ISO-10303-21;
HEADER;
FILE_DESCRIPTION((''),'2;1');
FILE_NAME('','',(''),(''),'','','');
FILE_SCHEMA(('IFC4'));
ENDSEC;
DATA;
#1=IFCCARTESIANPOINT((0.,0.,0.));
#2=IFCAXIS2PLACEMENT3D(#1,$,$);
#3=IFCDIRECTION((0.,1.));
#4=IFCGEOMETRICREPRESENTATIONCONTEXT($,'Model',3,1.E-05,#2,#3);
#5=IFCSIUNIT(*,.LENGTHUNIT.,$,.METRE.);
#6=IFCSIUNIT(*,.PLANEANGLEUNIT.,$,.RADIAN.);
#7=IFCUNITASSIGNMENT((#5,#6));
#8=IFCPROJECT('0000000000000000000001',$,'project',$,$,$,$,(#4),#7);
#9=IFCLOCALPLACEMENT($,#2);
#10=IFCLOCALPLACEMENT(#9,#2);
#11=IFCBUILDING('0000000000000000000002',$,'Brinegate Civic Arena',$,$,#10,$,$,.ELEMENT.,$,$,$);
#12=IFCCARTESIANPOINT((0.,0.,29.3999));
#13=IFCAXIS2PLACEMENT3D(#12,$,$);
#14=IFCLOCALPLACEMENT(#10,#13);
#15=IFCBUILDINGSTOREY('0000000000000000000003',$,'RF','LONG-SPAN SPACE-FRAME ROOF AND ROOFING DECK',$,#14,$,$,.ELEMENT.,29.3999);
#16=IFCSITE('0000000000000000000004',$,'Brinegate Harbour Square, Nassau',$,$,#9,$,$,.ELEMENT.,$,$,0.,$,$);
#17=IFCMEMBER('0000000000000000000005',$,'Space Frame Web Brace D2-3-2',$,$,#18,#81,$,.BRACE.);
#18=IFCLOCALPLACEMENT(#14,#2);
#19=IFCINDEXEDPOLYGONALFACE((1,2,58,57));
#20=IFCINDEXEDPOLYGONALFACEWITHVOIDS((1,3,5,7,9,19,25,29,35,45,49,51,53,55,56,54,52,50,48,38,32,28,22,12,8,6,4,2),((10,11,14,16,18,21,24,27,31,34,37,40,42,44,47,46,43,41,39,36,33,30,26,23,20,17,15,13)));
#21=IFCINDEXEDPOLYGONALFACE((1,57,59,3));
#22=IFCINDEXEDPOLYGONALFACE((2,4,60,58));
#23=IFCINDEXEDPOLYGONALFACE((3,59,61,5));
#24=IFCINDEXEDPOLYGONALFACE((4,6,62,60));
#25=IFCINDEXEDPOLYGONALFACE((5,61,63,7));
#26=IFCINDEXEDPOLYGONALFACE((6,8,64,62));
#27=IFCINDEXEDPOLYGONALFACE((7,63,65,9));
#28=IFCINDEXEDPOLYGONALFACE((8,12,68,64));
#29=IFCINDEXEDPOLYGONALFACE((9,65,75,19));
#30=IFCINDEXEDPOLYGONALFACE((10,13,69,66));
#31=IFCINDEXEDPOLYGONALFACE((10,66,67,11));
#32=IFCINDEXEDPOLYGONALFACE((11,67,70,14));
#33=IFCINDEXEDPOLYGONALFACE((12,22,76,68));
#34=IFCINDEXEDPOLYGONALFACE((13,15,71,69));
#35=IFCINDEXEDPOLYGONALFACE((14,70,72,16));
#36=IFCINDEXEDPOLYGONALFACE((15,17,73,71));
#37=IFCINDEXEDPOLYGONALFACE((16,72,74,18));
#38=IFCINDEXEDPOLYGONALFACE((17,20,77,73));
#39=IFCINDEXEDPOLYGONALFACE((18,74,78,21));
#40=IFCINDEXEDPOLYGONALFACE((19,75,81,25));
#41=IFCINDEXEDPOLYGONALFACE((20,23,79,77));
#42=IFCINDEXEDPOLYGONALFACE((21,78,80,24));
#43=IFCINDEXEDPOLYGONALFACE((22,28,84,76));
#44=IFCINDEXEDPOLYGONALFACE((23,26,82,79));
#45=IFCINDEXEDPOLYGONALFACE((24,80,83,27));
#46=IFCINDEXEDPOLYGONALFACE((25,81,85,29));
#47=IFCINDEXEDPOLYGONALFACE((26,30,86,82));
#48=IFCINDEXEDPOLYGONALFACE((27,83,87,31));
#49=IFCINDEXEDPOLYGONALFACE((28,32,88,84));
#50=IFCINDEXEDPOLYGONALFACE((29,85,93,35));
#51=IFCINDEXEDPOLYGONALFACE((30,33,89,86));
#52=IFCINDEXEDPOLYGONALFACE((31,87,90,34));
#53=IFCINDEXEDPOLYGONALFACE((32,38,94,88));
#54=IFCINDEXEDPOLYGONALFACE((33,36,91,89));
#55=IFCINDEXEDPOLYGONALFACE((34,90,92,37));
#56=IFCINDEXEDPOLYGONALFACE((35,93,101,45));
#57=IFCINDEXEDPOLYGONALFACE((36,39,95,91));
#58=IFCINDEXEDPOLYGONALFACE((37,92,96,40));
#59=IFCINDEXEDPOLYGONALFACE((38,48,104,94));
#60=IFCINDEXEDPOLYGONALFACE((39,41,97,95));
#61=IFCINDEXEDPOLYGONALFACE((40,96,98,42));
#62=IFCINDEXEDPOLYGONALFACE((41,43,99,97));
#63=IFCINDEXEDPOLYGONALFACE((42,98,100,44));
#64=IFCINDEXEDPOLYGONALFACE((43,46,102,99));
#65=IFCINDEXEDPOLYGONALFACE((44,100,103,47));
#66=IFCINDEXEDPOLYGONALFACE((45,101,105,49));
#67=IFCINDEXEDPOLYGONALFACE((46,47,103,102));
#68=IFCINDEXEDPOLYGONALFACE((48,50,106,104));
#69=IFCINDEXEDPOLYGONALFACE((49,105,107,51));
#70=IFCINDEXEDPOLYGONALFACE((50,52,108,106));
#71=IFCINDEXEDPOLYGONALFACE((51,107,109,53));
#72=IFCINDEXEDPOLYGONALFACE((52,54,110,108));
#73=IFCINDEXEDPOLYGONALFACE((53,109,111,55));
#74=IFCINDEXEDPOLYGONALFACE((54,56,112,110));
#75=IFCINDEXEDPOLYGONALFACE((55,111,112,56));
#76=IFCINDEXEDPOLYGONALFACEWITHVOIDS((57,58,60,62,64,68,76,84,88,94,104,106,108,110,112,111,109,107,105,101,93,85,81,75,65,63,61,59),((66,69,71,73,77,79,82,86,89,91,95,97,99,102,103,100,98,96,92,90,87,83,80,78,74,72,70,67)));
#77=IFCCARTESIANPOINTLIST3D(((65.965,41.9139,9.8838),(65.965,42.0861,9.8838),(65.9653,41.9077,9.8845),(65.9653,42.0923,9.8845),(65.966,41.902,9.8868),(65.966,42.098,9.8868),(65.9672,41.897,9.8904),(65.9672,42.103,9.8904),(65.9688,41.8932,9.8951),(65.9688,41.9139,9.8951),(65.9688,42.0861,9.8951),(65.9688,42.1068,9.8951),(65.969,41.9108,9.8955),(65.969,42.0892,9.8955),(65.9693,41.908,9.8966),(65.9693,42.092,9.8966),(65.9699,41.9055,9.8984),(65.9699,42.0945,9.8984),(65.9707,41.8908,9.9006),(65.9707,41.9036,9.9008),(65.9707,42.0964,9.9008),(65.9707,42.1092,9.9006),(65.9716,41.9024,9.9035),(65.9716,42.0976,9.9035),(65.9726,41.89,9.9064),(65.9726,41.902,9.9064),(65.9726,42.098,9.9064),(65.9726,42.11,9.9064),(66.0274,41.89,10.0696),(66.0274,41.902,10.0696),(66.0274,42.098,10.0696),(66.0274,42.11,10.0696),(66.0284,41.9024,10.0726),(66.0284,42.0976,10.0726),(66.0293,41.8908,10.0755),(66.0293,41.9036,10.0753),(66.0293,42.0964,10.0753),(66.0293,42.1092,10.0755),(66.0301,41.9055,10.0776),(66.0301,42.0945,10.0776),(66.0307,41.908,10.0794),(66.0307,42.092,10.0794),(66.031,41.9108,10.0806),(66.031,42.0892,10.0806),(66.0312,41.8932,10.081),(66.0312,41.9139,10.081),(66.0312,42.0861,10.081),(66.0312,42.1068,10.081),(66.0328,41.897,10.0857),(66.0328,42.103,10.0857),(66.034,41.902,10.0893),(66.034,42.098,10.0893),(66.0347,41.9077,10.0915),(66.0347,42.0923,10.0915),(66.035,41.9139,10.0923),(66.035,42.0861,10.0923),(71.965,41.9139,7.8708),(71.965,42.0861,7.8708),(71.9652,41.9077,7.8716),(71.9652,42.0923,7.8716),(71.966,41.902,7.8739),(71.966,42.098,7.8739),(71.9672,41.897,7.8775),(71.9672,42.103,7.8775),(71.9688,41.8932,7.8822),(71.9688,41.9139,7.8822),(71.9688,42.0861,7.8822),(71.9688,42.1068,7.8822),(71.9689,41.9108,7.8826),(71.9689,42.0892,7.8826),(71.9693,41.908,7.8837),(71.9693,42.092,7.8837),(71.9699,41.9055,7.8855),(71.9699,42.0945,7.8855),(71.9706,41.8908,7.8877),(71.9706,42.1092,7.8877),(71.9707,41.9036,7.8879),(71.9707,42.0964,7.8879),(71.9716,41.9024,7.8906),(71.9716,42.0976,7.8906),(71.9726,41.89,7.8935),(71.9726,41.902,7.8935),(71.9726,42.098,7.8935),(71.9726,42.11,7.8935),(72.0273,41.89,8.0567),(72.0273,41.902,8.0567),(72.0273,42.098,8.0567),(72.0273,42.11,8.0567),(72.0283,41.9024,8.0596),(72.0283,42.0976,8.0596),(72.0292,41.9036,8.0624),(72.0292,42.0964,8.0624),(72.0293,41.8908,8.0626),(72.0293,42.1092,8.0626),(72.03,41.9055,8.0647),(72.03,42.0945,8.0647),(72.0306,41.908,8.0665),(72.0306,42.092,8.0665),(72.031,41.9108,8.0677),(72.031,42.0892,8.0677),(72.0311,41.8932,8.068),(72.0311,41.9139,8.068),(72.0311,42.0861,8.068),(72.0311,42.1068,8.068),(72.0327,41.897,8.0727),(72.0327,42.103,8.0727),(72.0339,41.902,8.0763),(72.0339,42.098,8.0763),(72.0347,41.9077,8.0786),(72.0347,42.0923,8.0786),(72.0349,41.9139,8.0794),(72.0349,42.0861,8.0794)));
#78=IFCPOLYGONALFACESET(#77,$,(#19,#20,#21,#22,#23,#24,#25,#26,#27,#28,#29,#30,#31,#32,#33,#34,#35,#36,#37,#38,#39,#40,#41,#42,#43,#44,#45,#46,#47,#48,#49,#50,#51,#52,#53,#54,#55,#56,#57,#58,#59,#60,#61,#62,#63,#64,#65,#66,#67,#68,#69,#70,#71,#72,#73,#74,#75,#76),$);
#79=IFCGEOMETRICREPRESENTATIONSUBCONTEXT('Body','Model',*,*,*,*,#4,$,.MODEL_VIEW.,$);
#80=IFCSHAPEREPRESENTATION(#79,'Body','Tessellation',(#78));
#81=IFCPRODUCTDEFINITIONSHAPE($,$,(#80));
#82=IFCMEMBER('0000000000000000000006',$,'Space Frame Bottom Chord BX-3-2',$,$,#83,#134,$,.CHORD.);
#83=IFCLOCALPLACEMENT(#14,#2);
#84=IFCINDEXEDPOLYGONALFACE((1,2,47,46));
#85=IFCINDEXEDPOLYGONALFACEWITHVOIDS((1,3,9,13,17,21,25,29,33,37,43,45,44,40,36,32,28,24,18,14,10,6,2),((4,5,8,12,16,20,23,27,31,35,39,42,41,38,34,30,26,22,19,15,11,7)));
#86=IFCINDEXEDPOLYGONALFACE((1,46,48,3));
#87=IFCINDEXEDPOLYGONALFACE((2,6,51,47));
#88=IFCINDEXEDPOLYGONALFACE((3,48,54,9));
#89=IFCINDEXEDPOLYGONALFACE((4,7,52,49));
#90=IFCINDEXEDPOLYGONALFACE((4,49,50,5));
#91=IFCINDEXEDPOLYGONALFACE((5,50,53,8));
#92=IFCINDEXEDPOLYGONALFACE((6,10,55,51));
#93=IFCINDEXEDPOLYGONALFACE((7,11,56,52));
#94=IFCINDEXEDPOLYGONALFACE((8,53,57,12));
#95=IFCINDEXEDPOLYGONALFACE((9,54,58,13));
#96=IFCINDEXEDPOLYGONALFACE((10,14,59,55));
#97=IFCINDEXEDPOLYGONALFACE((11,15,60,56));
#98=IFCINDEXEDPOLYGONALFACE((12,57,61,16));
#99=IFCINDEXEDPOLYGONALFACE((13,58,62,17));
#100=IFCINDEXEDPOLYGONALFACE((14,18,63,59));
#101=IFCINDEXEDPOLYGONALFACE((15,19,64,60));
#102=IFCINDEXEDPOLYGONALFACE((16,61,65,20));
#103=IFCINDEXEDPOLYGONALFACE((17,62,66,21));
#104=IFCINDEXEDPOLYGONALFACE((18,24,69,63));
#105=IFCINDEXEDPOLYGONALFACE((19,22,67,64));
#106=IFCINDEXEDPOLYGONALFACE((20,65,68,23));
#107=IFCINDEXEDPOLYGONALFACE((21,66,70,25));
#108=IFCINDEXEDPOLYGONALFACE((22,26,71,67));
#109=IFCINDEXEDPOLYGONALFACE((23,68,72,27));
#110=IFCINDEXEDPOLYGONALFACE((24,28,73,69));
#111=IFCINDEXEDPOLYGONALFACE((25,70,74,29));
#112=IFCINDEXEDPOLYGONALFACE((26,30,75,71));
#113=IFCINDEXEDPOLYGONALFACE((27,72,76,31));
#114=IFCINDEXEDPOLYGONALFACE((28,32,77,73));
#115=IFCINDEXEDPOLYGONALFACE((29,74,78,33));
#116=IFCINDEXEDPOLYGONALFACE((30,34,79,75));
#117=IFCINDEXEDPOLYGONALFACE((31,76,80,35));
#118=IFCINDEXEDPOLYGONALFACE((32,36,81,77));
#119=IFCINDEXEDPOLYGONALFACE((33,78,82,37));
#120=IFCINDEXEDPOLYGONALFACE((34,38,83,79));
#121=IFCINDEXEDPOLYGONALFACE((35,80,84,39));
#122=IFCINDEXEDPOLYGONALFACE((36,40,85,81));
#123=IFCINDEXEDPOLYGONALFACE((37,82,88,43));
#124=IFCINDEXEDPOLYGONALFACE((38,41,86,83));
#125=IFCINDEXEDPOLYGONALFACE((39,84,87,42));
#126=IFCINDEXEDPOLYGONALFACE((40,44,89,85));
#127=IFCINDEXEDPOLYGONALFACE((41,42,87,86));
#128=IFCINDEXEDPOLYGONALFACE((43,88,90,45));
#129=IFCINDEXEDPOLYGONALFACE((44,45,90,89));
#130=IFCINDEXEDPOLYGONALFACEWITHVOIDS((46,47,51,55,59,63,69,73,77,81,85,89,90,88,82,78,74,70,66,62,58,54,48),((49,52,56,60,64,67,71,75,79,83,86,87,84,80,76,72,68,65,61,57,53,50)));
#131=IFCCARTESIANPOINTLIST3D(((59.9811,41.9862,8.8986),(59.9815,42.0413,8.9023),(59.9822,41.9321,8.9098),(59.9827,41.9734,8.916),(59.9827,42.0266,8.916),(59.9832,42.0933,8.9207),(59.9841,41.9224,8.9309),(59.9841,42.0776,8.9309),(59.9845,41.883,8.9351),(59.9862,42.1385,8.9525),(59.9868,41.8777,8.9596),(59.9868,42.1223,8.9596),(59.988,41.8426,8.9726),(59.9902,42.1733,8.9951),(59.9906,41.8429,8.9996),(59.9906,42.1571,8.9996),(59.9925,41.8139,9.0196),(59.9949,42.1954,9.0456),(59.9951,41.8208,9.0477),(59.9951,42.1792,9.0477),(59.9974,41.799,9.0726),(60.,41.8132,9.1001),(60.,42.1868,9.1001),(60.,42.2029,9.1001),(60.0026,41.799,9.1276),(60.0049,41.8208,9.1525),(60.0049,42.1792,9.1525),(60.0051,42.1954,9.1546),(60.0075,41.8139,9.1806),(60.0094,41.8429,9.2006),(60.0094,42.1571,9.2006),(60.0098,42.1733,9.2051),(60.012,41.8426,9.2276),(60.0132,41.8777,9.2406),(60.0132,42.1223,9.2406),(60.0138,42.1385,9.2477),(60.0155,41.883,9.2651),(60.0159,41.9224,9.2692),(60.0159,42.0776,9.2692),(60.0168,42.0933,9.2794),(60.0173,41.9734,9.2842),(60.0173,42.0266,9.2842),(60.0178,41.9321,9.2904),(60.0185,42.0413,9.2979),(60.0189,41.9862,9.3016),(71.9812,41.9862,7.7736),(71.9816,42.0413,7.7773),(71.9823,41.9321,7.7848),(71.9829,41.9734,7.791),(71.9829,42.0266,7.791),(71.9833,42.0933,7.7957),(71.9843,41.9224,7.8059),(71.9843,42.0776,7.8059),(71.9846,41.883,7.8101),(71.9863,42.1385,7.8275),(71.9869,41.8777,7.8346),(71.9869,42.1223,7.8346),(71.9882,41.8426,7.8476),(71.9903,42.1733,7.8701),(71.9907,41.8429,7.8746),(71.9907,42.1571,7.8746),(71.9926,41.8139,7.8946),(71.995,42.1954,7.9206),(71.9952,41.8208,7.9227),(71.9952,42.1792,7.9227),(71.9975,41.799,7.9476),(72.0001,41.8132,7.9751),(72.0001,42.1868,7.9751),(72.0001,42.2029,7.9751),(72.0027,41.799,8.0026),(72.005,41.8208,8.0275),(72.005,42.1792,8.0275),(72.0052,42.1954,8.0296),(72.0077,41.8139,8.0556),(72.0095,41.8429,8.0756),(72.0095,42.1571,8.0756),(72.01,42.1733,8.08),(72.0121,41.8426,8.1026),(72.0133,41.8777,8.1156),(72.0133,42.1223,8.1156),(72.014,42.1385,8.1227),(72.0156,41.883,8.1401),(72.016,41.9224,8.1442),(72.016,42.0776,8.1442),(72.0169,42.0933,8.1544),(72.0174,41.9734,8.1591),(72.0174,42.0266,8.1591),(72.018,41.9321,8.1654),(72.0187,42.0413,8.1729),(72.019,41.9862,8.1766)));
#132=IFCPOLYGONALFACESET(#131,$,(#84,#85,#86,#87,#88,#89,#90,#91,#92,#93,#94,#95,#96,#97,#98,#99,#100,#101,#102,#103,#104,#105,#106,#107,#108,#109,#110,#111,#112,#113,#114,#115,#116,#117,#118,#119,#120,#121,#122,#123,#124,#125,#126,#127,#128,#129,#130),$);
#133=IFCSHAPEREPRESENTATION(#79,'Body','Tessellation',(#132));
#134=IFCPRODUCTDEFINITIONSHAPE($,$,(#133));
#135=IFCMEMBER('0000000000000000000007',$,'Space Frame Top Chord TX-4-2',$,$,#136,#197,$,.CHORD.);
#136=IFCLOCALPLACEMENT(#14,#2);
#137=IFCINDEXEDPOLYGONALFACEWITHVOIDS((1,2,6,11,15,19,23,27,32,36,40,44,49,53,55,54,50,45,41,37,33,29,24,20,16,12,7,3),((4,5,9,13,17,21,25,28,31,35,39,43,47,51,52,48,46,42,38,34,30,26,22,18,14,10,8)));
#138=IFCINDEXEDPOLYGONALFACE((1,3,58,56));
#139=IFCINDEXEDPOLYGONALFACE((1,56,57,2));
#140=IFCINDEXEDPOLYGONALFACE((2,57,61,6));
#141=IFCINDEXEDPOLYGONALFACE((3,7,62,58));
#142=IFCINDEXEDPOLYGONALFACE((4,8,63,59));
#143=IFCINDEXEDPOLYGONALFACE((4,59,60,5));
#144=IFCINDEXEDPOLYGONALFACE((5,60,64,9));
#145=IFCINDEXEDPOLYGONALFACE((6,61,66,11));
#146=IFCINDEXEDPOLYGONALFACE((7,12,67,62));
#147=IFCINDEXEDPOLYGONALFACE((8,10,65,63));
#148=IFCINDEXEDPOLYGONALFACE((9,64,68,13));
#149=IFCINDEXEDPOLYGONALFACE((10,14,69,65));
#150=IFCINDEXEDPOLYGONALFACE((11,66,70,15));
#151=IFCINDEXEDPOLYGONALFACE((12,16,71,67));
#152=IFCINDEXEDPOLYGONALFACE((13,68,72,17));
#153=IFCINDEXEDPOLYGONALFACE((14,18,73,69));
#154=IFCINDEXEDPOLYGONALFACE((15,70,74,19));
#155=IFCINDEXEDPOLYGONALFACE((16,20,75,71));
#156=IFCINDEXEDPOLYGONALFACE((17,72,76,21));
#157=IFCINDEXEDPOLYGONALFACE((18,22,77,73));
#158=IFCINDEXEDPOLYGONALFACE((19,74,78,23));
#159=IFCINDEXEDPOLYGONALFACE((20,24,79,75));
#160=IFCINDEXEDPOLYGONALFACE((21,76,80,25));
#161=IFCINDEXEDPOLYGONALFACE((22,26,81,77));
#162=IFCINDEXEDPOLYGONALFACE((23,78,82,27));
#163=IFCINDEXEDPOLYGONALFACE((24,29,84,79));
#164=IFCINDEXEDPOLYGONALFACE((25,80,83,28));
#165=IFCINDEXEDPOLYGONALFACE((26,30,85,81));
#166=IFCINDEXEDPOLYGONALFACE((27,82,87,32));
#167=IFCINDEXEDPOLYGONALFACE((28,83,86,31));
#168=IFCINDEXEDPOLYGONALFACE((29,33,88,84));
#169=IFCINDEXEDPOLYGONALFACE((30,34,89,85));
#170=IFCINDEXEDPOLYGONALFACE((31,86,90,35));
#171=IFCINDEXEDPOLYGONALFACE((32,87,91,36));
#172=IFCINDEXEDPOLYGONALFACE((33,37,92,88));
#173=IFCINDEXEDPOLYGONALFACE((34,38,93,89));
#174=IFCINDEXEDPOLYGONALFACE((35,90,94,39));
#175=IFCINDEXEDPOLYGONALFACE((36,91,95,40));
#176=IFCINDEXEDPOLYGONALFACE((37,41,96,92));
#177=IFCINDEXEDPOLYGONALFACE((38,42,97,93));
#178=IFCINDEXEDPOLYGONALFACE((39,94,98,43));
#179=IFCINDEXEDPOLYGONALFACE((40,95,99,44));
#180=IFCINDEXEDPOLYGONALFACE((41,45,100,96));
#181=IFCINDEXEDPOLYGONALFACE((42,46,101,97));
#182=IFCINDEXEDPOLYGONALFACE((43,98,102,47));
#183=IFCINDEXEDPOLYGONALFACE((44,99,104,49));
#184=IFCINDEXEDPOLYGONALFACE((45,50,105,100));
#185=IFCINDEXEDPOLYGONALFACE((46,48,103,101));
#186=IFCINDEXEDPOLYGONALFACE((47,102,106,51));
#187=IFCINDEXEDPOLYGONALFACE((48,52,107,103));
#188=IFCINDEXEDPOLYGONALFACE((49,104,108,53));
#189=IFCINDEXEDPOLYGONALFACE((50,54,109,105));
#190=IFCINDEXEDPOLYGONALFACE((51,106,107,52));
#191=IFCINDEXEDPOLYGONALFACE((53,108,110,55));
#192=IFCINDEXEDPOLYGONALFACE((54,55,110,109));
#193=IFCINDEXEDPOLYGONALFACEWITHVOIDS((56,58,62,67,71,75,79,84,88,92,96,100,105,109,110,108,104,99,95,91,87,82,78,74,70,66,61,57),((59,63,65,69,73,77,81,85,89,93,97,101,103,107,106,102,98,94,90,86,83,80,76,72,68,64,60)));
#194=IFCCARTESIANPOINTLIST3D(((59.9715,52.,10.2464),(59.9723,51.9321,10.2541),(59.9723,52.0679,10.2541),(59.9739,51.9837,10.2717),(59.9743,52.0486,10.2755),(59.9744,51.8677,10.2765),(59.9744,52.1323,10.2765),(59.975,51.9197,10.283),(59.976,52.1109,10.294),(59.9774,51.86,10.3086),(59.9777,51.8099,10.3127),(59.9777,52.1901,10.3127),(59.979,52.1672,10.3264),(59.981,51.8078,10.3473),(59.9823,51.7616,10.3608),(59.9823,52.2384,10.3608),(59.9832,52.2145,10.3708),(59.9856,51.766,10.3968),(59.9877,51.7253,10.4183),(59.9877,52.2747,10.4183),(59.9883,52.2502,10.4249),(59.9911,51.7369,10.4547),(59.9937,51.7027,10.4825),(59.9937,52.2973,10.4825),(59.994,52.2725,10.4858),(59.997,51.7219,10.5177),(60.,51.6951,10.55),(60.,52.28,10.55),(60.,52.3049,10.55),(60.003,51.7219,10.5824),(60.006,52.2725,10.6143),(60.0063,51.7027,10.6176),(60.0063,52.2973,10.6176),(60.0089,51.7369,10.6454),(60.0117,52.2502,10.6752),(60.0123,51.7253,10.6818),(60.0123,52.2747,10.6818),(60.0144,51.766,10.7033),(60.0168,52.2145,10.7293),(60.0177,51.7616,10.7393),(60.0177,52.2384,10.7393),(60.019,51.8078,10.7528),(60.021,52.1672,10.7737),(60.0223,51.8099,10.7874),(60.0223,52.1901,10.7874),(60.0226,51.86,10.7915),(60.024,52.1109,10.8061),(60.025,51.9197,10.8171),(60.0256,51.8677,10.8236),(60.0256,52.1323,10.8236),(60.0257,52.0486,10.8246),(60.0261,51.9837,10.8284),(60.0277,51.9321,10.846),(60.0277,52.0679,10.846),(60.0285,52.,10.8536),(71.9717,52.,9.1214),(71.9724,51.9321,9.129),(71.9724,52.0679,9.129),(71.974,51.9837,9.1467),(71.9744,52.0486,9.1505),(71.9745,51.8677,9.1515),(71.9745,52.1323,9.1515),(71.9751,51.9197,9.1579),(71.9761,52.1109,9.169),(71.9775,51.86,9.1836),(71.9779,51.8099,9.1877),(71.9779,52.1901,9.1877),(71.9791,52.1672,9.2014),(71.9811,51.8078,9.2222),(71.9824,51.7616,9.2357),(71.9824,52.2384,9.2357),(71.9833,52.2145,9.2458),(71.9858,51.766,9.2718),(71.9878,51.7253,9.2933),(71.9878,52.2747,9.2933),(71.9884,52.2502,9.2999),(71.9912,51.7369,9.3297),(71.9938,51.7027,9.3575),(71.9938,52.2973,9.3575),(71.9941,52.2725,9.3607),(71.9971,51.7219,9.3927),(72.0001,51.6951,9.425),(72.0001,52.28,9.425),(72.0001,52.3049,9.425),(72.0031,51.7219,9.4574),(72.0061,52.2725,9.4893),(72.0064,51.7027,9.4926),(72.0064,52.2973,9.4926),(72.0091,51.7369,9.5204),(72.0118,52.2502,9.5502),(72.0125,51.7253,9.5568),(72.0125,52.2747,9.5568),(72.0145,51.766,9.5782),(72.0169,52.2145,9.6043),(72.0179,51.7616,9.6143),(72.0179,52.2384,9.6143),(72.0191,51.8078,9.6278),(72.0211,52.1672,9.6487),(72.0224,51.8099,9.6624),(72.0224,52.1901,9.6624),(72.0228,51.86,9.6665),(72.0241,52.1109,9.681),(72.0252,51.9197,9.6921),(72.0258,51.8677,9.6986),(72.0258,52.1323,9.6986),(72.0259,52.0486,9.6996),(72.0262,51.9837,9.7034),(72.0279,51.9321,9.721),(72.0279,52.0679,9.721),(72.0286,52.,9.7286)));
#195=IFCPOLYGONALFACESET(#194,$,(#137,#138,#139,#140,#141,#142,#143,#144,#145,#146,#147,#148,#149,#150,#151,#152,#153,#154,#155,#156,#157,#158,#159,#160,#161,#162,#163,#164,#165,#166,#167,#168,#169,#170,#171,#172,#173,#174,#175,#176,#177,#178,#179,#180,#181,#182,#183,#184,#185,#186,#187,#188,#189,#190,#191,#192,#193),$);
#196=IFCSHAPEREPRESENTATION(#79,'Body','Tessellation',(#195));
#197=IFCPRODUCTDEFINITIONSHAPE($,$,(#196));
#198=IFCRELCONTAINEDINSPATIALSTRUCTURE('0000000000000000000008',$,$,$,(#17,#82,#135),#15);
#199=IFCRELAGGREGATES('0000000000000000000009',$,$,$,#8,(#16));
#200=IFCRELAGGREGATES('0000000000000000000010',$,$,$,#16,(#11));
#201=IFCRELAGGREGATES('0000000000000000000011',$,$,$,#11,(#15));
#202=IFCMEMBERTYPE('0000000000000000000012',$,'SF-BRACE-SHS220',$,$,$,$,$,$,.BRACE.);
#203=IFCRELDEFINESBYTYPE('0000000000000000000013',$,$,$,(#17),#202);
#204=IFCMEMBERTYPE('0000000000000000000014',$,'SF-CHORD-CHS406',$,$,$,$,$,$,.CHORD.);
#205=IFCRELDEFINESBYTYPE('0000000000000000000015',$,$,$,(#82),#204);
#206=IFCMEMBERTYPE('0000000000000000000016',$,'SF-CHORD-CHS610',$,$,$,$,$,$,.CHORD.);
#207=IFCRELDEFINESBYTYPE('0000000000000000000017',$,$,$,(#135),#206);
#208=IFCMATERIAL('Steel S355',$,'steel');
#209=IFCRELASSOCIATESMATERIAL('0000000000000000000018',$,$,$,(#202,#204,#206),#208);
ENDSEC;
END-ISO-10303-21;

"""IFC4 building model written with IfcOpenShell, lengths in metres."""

from ifc_helpers import new_model, si_unit, direction, frame, origin, origin_2d, place, context, subcontext, project, spatial, hollow_rectangle, hollow_circle, extrude, material, material_profile, profile_set, type_object, element, save


model = new_model("IFC4")

# Units and contexts
model_context = context("Model", 3, precision=1e-05, world=origin(), true_north=direction((0.0, 1.0)))
body_context = subcontext(model_context, "Body", "Model", "MODEL_VIEW")
ifc_project = project(units=[si_unit("LENGTHUNIT", "METRE"), si_unit("PLANEANGLEUNIT", "RADIAN")], contexts=[model_context])

# Site, building, storey
site_placement = place(None, origin())
site = spatial("IfcSite", under=ifc_project, at=site_placement, Name="Brinegate Harbour Square, Nassau", CompositionType="ELEMENT", RefElevation=0.0)
building_placement = place(site_placement, origin())
building = spatial("IfcBuilding", under=site, at=building_placement, Name="Brinegate Civic Arena", CompositionType="ELEMENT")
storey_placement = place(building_placement, frame((0.0, 0.0, 29.3999)))
storey = spatial("IfcBuildingStorey", under=building, at=storey_placement, Name="RF", Description="LONG-SPAN SPACE-FRAME ROOF AND ROOFING DECK", CompositionType="ELEMENT", Elevation=29.3999)

# Shared definitions
ifc_material_1 = material(Name="Steel S355", Category="steel")

# Members
ifc_material_profile_1 = material_profile(ifc_material_1, hollow_rectangle(XDim=0.22, YDim=0.22, WallThickness=0.012, InnerFilletRadius=0.012, OuterFilletRadius=0.0239, at=origin_2d()), Name="SHS220X12")
ifc_profile_set_1 = profile_set([ifc_material_profile_1], Name="Steel S355")
member_type_1 = type_object("IfcMemberType", Name="SF-BRACE-SHS220", PredefinedType="BRACE", material=ifc_profile_set_1)
member_1_placement = place(storey_placement, frame((66.0, 42.0, 9.988), z_axis=(0.948068, 0.0, -0.318067), x_axis=(0.0, 1.0, 0.0)))
element("IfcMember", 1, at=member_1_placement, inside=storey, type_object=member_type_1, Name="Space Frame Web Brace D2-3-2", PredefinedType="BRACE", context=body_context, shape_type="SweptSolid", body=[
    extrude(hollow_rectangle(XDim=0.22, YDim=0.22, WallThickness=0.012, InnerFilletRadius=0.012, OuterFilletRadius=0.0239, at=origin_2d()), origin(), (0.0, 0.0, 1.0), 6.3286),
])
ifc_material_profile_2 = material_profile(ifc_material_1, hollow_circle(Radius=0.2029, WallThickness=0.0161, at=origin_2d()), Name="CHS406X16")
ifc_profile_set_2 = profile_set([ifc_material_profile_2], Name="Steel S355")
member_type_2 = type_object("IfcMemberType", Name="SF-CHORD-CHS406", PredefinedType="CHORD", material=ifc_profile_set_2)
member_2_placement = place(storey_placement, frame((60.0, 42.0, 9.1001), z_axis=(0.995634, 0.0, -0.093341), x_axis=(0.0, 1.0, 0.0)))
element("IfcMember", 2, at=member_2_placement, inside=storey, type_object=member_type_2, Name="Space Frame Bottom Chord BX-3-2", PredefinedType="CHORD", context=body_context, shape_type="SweptSolid", body=[
    extrude(hollow_circle(Radius=0.2029, WallThickness=0.0161, at=origin_2d()), origin(), (0.0, 0.0, 1.0), 12.0527),
])
ifc_material_profile_3 = material_profile(ifc_material_1, hollow_circle(Radius=0.3049, WallThickness=0.0249, at=origin_2d()), Name="CHS610X25")
ifc_profile_set_3 = profile_set([ifc_material_profile_3], Name="Steel S355")
member_type_3 = type_object("IfcMemberType", Name="SF-CHORD-CHS610", PredefinedType="CHORD", material=ifc_profile_set_3)
member_3_placement = place(storey_placement, frame((60.0, 52.0, 10.55), z_axis=(0.995634, 0.0, -0.093341), x_axis=(0.0, 1.0, 0.0)))
element("IfcMember", 3, at=member_3_placement, inside=storey, type_object=member_type_3, Name="Space Frame Top Chord TX-4-2", PredefinedType="CHORD", context=body_context, shape_type="SweptSolid", body=[
    extrude(hollow_circle(Radius=0.3049, WallThickness=0.0249, at=origin_2d()), origin(), (0.0, 0.0, 1.0), 12.0527),
])

save(model, "model.ifc")
